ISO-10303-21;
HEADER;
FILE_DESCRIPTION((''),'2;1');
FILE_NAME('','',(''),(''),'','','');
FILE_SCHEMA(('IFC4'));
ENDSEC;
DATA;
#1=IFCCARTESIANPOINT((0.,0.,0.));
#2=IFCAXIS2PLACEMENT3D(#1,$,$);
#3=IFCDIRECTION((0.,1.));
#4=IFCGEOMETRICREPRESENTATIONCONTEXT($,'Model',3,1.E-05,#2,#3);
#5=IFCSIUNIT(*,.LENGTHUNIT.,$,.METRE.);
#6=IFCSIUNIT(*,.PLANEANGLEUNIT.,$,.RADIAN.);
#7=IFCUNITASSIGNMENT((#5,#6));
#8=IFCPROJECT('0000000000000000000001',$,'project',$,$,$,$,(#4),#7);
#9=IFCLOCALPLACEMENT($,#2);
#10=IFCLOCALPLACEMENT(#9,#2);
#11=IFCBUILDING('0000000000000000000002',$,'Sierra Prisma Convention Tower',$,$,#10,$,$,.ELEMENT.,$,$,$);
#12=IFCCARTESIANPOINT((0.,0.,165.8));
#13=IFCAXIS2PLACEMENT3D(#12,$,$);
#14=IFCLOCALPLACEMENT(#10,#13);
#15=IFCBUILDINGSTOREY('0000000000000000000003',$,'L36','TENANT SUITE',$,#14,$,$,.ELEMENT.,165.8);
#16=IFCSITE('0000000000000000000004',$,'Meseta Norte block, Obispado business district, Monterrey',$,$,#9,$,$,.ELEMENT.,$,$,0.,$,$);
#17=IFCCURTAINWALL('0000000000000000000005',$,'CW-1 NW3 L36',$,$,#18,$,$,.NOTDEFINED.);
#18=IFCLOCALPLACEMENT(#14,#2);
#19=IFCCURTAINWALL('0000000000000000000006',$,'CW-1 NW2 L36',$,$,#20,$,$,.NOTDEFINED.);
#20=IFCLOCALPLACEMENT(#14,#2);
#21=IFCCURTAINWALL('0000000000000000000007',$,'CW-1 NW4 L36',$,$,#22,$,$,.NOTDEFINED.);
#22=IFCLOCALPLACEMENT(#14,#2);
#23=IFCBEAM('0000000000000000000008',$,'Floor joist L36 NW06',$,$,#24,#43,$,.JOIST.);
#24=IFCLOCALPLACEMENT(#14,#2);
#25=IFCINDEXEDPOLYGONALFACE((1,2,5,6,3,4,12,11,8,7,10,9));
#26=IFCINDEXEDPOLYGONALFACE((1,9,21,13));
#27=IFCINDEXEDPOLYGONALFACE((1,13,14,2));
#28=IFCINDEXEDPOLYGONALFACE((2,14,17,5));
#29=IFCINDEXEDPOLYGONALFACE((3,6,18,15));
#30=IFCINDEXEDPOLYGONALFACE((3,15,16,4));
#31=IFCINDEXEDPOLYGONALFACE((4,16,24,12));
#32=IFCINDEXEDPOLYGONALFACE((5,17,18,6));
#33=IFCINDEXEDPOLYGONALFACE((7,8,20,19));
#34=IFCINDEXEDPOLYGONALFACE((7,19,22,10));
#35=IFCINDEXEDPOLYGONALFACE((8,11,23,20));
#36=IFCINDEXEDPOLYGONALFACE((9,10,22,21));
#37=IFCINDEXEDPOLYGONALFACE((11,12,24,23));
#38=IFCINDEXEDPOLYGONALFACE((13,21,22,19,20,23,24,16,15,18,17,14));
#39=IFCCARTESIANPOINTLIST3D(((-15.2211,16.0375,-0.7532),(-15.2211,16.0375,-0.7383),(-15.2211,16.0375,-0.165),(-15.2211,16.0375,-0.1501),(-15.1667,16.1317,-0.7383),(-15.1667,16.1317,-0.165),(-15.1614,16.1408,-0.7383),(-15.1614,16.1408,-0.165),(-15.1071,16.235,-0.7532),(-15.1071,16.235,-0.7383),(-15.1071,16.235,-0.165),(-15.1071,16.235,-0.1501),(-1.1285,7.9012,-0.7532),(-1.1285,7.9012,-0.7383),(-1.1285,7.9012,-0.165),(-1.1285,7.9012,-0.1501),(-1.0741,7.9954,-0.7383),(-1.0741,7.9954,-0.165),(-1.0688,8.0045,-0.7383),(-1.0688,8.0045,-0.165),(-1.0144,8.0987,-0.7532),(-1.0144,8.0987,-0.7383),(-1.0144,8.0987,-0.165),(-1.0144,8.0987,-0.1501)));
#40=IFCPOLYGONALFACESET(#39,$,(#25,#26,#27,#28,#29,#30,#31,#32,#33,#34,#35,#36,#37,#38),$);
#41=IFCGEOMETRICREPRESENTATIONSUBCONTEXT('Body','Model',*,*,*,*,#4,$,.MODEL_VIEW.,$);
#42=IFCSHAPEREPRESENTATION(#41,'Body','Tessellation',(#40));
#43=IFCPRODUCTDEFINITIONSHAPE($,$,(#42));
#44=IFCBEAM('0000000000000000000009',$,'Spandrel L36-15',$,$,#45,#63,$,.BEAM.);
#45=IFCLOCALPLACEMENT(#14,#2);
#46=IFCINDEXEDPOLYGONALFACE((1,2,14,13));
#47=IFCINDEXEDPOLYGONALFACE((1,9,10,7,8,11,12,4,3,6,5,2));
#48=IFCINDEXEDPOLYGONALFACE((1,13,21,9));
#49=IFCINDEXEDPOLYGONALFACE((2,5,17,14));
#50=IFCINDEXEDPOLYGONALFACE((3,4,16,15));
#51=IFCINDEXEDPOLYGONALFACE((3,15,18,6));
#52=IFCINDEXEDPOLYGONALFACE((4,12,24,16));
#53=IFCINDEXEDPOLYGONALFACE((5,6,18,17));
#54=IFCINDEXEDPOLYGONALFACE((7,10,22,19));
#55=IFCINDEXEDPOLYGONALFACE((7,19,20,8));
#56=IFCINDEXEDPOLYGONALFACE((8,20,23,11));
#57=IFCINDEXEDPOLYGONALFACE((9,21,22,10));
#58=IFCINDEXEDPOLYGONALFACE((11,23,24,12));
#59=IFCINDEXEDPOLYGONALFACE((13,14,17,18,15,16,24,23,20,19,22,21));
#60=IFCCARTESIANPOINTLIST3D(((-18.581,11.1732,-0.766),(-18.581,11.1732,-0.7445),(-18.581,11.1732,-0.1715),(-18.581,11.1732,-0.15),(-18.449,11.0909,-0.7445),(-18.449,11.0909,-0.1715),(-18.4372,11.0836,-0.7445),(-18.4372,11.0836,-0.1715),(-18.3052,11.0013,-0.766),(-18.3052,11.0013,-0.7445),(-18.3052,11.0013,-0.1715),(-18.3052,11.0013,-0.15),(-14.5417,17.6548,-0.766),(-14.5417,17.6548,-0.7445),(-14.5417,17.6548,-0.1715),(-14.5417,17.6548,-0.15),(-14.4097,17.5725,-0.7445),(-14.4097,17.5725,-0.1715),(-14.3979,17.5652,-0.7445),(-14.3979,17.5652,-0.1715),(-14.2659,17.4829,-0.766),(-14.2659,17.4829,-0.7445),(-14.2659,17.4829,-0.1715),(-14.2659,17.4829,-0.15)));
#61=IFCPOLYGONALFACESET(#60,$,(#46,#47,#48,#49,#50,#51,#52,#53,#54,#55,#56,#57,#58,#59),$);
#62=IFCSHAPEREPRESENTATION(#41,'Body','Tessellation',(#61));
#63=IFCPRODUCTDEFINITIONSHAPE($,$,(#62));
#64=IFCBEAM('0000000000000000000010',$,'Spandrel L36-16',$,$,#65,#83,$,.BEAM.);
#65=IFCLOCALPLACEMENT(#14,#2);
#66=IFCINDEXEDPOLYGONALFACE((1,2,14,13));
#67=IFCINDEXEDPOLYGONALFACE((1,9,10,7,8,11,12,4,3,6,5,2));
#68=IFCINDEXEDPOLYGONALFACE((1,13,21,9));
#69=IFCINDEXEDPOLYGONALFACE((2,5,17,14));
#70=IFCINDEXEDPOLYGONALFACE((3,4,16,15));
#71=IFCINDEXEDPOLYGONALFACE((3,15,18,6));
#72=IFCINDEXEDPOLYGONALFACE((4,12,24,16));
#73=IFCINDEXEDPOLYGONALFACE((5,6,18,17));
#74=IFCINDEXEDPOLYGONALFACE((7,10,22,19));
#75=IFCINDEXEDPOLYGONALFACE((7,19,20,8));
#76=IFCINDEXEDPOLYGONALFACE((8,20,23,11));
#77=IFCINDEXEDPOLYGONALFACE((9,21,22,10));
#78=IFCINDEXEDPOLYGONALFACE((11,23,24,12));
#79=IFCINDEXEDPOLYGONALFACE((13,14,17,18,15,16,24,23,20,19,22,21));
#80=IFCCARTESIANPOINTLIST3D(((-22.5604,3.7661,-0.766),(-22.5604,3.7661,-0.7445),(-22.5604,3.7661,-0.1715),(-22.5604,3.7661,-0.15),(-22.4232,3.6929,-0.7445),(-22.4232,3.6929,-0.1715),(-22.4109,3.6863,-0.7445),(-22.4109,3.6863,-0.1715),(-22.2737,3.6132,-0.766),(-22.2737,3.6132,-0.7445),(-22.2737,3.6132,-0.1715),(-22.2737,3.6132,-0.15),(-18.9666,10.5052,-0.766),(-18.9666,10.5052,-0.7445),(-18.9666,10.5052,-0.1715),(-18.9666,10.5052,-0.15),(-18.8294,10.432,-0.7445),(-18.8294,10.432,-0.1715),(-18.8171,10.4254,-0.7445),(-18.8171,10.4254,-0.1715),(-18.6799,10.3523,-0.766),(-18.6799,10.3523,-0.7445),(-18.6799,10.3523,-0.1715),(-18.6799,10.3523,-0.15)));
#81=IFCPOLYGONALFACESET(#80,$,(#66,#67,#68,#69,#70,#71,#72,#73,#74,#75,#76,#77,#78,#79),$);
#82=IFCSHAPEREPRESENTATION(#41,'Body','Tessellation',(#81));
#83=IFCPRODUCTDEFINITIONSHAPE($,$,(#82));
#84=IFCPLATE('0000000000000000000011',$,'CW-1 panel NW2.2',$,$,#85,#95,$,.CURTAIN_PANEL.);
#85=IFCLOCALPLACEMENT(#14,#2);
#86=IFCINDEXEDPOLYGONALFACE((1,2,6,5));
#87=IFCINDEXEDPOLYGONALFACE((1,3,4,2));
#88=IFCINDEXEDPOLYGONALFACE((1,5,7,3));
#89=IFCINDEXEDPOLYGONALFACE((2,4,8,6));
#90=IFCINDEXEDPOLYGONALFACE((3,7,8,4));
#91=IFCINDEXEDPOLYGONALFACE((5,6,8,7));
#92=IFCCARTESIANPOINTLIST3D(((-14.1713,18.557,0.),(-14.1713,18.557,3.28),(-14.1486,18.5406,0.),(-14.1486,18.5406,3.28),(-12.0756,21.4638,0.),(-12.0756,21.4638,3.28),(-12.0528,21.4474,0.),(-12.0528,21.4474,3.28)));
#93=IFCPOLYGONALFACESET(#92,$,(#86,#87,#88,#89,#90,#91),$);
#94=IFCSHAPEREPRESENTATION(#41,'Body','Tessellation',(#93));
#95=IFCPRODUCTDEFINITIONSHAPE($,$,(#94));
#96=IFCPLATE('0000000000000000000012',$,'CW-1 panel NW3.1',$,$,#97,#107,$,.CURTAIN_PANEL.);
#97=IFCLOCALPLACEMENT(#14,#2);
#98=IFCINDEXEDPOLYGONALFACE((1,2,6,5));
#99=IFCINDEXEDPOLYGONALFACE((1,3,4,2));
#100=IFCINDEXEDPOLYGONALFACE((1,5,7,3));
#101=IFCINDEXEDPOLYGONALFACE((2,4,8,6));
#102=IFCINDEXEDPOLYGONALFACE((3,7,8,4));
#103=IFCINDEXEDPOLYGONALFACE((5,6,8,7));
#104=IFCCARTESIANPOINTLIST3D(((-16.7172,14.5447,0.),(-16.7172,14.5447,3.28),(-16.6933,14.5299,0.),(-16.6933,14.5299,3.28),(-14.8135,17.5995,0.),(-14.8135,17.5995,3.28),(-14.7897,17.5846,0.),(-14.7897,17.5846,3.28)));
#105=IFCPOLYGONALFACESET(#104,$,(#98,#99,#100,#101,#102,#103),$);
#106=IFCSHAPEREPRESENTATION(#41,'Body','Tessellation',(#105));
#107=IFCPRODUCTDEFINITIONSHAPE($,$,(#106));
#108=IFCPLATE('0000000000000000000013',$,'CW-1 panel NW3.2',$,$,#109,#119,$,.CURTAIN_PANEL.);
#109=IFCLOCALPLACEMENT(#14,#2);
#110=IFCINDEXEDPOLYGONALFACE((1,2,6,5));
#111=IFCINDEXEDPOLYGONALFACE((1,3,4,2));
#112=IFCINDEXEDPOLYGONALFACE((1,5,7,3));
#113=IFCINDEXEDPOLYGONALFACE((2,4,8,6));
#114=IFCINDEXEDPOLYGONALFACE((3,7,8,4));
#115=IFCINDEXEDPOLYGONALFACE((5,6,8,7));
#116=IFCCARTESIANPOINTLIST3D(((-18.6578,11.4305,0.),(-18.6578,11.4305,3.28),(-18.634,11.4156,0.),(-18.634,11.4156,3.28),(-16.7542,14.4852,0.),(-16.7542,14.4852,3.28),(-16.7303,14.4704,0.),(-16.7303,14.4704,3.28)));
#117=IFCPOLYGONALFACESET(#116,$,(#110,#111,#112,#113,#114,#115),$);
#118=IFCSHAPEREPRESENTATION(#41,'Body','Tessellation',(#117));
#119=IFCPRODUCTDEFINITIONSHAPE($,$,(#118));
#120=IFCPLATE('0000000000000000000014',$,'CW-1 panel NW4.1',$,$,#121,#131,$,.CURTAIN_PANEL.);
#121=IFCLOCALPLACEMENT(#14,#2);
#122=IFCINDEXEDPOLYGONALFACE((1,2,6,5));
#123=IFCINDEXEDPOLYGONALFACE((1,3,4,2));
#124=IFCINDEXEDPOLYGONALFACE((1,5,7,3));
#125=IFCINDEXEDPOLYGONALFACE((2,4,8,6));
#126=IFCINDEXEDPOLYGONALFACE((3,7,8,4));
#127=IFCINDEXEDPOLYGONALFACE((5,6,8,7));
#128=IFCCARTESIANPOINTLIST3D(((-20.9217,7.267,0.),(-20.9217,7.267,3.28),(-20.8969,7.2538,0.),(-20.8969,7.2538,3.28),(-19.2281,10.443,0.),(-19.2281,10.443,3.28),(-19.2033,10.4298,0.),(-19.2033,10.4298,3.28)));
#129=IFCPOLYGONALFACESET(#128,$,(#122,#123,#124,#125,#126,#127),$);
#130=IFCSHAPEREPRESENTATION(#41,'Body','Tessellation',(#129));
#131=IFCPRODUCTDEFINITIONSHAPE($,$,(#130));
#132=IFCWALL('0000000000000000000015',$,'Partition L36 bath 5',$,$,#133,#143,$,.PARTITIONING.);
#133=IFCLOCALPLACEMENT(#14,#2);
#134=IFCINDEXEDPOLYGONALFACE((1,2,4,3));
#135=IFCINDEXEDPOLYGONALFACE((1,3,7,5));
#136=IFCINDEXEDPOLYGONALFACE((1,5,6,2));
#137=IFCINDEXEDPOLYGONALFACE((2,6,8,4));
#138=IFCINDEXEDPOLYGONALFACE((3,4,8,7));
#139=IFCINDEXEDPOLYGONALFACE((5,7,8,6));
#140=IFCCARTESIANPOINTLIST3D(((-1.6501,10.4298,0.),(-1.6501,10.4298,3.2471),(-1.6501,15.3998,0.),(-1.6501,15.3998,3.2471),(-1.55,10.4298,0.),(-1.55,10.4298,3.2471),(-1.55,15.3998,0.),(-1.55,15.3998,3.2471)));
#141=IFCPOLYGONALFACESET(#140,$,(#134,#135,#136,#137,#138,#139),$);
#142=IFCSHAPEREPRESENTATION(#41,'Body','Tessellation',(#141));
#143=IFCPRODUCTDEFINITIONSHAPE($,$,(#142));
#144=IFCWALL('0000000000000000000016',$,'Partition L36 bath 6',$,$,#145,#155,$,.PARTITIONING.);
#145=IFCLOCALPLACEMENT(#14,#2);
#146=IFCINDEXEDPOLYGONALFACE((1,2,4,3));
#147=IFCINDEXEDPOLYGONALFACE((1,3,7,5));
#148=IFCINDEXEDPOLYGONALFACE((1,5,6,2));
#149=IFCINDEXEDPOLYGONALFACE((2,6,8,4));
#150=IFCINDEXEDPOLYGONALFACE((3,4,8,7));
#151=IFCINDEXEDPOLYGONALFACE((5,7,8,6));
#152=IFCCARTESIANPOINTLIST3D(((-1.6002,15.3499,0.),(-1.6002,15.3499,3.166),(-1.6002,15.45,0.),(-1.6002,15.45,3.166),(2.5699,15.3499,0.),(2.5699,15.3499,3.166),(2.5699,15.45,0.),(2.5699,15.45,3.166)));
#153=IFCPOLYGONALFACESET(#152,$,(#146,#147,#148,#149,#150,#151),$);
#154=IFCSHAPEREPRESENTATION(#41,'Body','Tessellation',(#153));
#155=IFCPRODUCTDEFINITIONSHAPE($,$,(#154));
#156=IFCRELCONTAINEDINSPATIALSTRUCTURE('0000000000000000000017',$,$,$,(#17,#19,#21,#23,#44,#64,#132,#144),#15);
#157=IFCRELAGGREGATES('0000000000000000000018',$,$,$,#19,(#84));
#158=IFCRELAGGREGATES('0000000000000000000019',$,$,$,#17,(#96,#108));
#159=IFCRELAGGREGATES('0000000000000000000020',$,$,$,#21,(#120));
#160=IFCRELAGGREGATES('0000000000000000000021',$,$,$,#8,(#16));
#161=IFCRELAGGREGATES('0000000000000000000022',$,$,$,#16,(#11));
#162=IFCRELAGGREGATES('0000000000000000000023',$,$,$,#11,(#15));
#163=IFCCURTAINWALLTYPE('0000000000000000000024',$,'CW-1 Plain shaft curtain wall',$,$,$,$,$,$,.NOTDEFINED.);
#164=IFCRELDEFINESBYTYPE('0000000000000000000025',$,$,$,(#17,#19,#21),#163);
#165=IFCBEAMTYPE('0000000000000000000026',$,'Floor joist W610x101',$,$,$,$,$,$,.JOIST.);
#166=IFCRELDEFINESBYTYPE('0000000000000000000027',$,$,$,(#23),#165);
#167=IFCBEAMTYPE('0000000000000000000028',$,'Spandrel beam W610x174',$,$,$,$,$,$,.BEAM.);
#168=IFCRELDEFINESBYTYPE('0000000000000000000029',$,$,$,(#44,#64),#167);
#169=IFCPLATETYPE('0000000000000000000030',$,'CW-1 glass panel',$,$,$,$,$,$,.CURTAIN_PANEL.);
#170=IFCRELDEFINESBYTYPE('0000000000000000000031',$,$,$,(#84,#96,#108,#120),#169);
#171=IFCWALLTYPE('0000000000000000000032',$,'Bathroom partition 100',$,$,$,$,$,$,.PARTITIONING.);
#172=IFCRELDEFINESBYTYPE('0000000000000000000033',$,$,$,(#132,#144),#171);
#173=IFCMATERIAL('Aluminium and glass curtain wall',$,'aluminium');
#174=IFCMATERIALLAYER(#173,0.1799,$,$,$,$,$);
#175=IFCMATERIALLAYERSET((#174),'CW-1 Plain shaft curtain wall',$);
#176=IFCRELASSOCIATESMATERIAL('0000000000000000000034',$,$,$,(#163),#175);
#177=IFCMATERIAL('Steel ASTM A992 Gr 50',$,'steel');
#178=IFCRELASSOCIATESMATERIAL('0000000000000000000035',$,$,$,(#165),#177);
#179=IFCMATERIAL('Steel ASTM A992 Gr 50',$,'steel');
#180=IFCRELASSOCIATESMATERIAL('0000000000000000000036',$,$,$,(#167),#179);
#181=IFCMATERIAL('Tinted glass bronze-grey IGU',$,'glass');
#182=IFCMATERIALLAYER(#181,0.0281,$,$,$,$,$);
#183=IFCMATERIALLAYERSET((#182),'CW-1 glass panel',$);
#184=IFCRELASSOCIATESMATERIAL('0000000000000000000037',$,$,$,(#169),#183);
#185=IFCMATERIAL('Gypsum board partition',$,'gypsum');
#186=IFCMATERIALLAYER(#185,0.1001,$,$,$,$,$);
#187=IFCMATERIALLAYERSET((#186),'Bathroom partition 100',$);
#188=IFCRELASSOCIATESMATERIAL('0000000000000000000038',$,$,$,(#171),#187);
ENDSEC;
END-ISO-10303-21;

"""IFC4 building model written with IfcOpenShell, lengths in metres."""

from ifc_helpers import new_model, si_unit, direction, frame, frame_2d, origin, origin_2d, place, context, subcontext, project, spatial, rectangle, i_section, extrude, material, layer, layer_set, material_profile, profile_set, type_object, element, aggregate, save


model = new_model("IFC4")

# Units and contexts
model_context = context("Model", 3, precision=1e-05, world=origin(), true_north=direction((0.0, 1.0)))
body_context = subcontext(model_context, "Body", "Model", "MODEL_VIEW")
ifc_project = project(units=[si_unit("LENGTHUNIT", "METRE"), si_unit("PLANEANGLEUNIT", "RADIAN")], contexts=[model_context])

# Site, building, storey
site_placement = place(None, origin())
site = spatial("IfcSite", under=ifc_project, at=site_placement, Name="Meseta Norte block, Obispado business district, Monterrey", CompositionType="ELEMENT", RefElevation=0.0)
building_placement = place(site_placement, origin())
building = spatial("IfcBuilding", under=site, at=building_placement, Name="Sierra Prisma Convention Tower", CompositionType="ELEMENT")
storey_placement = place(building_placement, frame((0.0, 0.0, 165.8)))
storey = spatial("IfcBuildingStorey", under=building, at=storey_placement, Name="L36", Description="TENANT SUITE", CompositionType="ELEMENT", Elevation=165.8)

# Curtain wall
ifc_material_1 = material(Name="Aluminium and glass curtain wall", Category="aluminium")
ifc_layer_1 = layer(ifc_material_1, 0.1799)
ifc_layer_set_1 = layer_set([ifc_layer_1], Name="CW-1 Plain shaft curtain wall")
curtain_wall_type = type_object("IfcCurtainWallType", Name="CW-1 Plain shaft curtain wall", PredefinedType="NOTDEFINED", material=ifc_layer_set_1)
curtain_wall_1_placement = place(storey_placement, origin())
curtain_wall_1 = element("IfcCurtainWall", 1, at=curtain_wall_1_placement, inside=storey, type_object=curtain_wall_type, Name="CW-1 NW3 L36", PredefinedType="NOTDEFINED")

# Curtain wall
curtain_wall_2_placement = place(storey_placement, origin())
curtain_wall_2 = element("IfcCurtainWall", 2, at=curtain_wall_2_placement, inside=storey, type_object=curtain_wall_type, Name="CW-1 NW2 L36", PredefinedType="NOTDEFINED")

# Curtain wall
curtain_wall_3_placement = place(storey_placement, origin())
curtain_wall_3 = element("IfcCurtainWall", 3, at=curtain_wall_3_placement, inside=storey, type_object=curtain_wall_type, Name="CW-1 NW4 L36", PredefinedType="NOTDEFINED")

# Beams
ifc_material_2 = material(Name="Steel ASTM A992 Gr 50", Category="steel")
ifc_material_profile_1 = material_profile(ifc_material_2, i_section(OverallWidth=0.228, OverallDepth=0.603, WebThickness=0.0105, FlangeThickness=0.0149, at=origin_2d()), Name="W610x101")
ifc_profile_set_1 = profile_set([ifc_material_profile_1], Name="Steel ASTM A992 Gr 50")
beam_type_1 = type_object("IfcBeamType", Name="Floor joist W610x101", PredefinedType="JOIST", material=ifc_profile_set_1)
beam_1_placement = place(storey_placement, frame((-15.1641, 16.1362, -0.4517), z_axis=(0.866028, -0.499996, 0.0), x_axis=(0.499996, 0.866028, 0.0)))
element("IfcBeam", 4, at=beam_1_placement, inside=storey, type_object=beam_type_1, Name="Floor joist L36 NW06", PredefinedType="JOIST", context=body_context, shape_type="SweptSolid", body=[
    extrude(i_section(OverallWidth=0.228, OverallDepth=0.603, WebThickness=0.0105, FlangeThickness=0.0149, at=origin_2d()), origin(), (0.0, 0.0, 1.0), 16.2727),
])
ifc_material_3 = material(Name="Steel ASTM A992 Gr 50", Category="steel")
ifc_material_profile_2 = material_profile(ifc_material_3, i_section(OverallWidth=0.325, OverallDepth=0.616, WebThickness=0.0139, FlangeThickness=0.0215, at=origin_2d()), Name="W610x174")
ifc_profile_set_2 = profile_set([ifc_material_profile_2], Name="Steel ASTM A992 Gr 50")
beam_type_2 = type_object("IfcBeamType", Name="Spandrel beam W610x174", PredefinedType="BEAM", material=ifc_profile_set_2)
beam_2_placement = place(storey_placement, frame((-14.4038, 17.5688, -0.458), z_axis=(-0.528892, -0.848689, 0.0), x_axis=(0.848689, -0.528892, 0.0)))
element("IfcBeam", 5, at=beam_2_placement, inside=storey, type_object=beam_type_2, Name="Spandrel L36-15", PredefinedType="BEAM", context=body_context, shape_type="SweptSolid", body=[
    extrude(i_section(OverallWidth=0.325, OverallDepth=0.616, WebThickness=0.0139, FlangeThickness=0.0215, at=origin_2d()), origin(), (0.0, 0.0, 1.0), 7.6372),
])
beam_3_placement = place(storey_placement, frame((-18.8232, 10.4287, -0.458), z_axis=(-0.470548, -0.882374, 0.0), x_axis=(0.882374, -0.470548, 0.0)))
element("IfcBeam", 6, at=beam_3_placement, inside=storey, type_object=beam_type_2, Name="Spandrel L36-16", PredefinedType="BEAM", context=body_context, shape_type="SweptSolid", body=[
    extrude(i_section(OverallWidth=0.325, OverallDepth=0.616, WebThickness=0.0139, FlangeThickness=0.0215, at=origin_2d()), origin(), (0.0, 0.0, 1.0), 7.6375),
])

# Plates
ifc_material_4 = material(Name="Tinted glass bronze-grey IGU", Category="glass")
ifc_layer_2 = layer(ifc_material_4, 0.0281)
ifc_layer_set_2 = layer_set([ifc_layer_2], Name="CW-1 glass panel")
plate_type = type_object("IfcPlateType", Name="CW-1 glass panel", PredefinedType="CURTAIN_PANEL", material=ifc_layer_set_2)
plate_1_placement = place(storey_placement, frame((-13.1121, 20.0022, 0.0), z_axis=(0.0, 0.0, 1.0), x_axis=(-0.58484, -0.811149, 0.0)))
plate_1 = element("IfcPlate", 7, at=plate_1_placement, type_object=plate_type, Name="CW-1 panel NW2.2", PredefinedType="CURTAIN_PANEL", context=body_context, shape_type="SweptSolid", body=[
    extrude(rectangle(XDim=3.5835, YDim=0.0281, at=origin_2d()), origin(), (0.0, 0.0, 1.0), 3.28),
])
aggregate(curtain_wall_2, [plate_1])
plate_2_placement = place(storey_placement, frame((-15.7534, 16.0647, 0.0), z_axis=(0.0, 0.0, 1.0), x_axis=(-0.528891, -0.84869, 0.0)))
plate_2 = element("IfcPlate", 8, at=plate_2_placement, type_object=plate_type, Name="CW-1 panel NW3.1", PredefinedType="CURTAIN_PANEL", context=body_context, shape_type="SweptSolid", body=[
    extrude(rectangle(XDim=3.5994, YDim=0.0281, at=origin_2d()), origin(), (0.0, 0.0, 1.0), 3.28),
])
plate_3_placement = place(storey_placement, frame((-17.6941, 12.9504, 0.0), z_axis=(0.0, 0.0, 1.0), x_axis=(-0.528891, -0.84869, 0.0)))
plate_3 = element("IfcPlate", 9, at=plate_3_placement, type_object=plate_type, Name="CW-1 panel NW3.2", PredefinedType="CURTAIN_PANEL", context=body_context, shape_type="SweptSolid", body=[
    extrude(rectangle(XDim=3.5994, YDim=0.0281, at=origin_2d()), origin(), (0.0, 0.0, 1.0), 3.28),
])
aggregate(curtain_wall_1, [plate_2, plate_3])
plate_4_placement = place(storey_placement, frame((-20.0625, 8.8484, 0.0), z_axis=(0.0, 0.0, 1.0), x_axis=(-0.470541, -0.882378, 0.0)))
plate_4 = element("IfcPlate", 10, at=plate_4_placement, type_object=plate_type, Name="CW-1 panel NW4.1", PredefinedType="CURTAIN_PANEL", context=body_context, shape_type="SweptSolid", body=[
    extrude(rectangle(XDim=3.5994, YDim=0.0281, at=origin_2d()), origin(), (0.0, 0.0, 1.0), 3.28),
])
aggregate(curtain_wall_3, [plate_4])

# Walls
ifc_material_5 = material(Name="Gypsum board partition", Category="gypsum")
ifc_layer_3 = layer(ifc_material_5, 0.1001)
ifc_layer_set_3 = layer_set([ifc_layer_3], Name="Bathroom partition 100")
wall_type_1 = type_object("IfcWallType", Name="Bathroom partition 100", PredefinedType="PARTITIONING", material=ifc_layer_set_3)
wall_1_placement = place(storey_placement, frame((-1.6001, 10.4299, 0.0), z_axis=(0.0, 0.0, 1.0), x_axis=(0.0, 1.0, 0.0)))
element("IfcWall", 11, at=wall_1_placement, inside=storey, type_object=wall_type_1, Name="Partition L36 bath 5", PredefinedType="PARTITIONING", context=body_context, shape_type="SweptSolid", body=[
    extrude(rectangle(XDim=4.97, YDim=0.1001, at=frame_2d((2.4849, 0.0))), origin(), (0.0, 0.0, 1.0), 3.2471),
])
wall_2_placement = place(storey_placement, frame((-1.6001, 15.3999, 0.0), z_axis=(0.0, 0.0, 1.0), x_axis=(1.0, 0.0, 0.0)))
element("IfcWall", 12, at=wall_2_placement, inside=storey, type_object=wall_type_1, Name="Partition L36 bath 6", PredefinedType="PARTITIONING", context=body_context, shape_type="SweptSolid", body=[
    extrude(rectangle(XDim=4.1702, YDim=0.1001, at=frame_2d((2.085, 0.0))), origin(), (0.0, 0.0, 1.0), 3.166),
])

save(model, "model.ifc")
